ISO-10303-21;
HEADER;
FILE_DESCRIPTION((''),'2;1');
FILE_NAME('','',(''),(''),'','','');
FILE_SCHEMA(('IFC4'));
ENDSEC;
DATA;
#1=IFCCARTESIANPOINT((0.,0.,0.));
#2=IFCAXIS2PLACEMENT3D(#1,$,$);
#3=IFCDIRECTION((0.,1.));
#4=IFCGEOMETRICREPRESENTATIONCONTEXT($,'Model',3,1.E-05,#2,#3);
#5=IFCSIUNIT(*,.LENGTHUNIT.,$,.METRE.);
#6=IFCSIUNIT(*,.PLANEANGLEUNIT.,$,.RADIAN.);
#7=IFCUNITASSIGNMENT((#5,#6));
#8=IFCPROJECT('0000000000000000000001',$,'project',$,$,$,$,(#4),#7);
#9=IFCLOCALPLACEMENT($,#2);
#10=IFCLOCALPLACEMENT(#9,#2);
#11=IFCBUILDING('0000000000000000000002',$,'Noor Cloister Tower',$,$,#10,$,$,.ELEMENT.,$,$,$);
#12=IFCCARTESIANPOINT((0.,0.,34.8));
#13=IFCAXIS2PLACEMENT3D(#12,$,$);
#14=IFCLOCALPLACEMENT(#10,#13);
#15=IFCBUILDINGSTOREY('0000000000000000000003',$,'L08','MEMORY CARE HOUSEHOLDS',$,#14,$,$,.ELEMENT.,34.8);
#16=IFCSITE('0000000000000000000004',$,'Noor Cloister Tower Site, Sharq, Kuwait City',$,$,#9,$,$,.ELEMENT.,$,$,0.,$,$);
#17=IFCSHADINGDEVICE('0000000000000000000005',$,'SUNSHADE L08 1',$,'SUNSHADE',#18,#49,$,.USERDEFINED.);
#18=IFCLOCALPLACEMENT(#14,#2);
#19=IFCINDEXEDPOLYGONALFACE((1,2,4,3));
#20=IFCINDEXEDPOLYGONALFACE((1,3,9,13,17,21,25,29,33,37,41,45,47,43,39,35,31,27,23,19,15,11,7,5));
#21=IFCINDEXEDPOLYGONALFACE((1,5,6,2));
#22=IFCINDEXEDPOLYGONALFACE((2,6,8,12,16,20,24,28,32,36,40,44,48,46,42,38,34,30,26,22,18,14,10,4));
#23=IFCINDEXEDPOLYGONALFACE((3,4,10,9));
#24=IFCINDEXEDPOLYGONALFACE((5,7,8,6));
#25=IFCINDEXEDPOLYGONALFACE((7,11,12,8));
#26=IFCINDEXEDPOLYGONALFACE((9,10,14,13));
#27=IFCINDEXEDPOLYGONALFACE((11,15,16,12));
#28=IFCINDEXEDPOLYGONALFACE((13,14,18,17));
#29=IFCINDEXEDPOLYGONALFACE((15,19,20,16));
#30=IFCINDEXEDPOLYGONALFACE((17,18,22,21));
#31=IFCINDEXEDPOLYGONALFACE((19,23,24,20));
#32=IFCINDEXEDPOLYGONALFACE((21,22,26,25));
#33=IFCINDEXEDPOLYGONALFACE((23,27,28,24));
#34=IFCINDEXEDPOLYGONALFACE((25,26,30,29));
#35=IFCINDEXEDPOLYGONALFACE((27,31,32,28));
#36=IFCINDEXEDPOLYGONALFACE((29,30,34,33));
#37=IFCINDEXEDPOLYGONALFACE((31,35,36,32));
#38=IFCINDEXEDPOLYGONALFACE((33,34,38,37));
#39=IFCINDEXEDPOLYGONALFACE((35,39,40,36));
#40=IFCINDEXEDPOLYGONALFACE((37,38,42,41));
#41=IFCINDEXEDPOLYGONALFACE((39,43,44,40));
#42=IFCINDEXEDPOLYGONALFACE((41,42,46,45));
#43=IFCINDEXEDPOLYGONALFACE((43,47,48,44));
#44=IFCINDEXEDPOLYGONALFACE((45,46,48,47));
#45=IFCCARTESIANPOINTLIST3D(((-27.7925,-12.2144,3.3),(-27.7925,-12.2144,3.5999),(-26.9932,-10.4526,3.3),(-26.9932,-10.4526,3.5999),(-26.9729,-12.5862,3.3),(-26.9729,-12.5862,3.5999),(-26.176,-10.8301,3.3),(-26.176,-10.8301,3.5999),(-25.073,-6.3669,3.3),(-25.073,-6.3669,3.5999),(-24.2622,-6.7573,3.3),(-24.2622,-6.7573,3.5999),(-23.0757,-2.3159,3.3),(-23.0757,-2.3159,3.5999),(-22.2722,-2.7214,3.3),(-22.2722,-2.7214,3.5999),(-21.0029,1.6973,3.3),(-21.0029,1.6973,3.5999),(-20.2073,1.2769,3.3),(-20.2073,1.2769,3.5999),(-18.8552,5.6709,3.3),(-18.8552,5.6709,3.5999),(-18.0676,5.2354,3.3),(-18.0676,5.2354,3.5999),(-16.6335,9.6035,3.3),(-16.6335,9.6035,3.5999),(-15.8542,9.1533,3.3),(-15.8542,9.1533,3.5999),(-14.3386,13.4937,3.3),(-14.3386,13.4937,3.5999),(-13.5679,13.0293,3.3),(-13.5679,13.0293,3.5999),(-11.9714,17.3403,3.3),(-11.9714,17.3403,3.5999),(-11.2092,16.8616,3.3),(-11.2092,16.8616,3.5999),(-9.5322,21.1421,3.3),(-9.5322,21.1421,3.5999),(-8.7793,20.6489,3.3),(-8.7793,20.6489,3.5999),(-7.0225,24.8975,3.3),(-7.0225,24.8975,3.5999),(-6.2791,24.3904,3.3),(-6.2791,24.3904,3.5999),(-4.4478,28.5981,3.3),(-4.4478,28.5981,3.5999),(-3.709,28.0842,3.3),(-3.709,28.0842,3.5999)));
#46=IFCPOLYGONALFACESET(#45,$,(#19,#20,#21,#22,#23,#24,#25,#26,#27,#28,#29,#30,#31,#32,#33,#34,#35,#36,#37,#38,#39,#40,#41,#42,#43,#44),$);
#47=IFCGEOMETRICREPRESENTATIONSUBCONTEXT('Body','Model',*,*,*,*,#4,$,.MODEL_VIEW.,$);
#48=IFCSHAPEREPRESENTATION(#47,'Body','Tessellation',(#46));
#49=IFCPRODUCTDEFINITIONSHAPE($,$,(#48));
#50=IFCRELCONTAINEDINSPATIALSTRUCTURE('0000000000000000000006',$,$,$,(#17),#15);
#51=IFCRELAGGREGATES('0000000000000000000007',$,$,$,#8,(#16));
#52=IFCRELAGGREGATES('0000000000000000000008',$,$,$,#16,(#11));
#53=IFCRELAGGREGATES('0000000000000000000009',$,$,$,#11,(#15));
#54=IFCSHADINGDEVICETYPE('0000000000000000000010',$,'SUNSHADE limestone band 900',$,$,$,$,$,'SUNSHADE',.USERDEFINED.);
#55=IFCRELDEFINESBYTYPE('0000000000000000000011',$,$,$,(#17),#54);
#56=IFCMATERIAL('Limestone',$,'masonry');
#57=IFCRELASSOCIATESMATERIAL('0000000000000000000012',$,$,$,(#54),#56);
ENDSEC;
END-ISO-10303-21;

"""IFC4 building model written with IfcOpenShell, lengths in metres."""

from ifc_helpers import new_model, si_unit, direction, frame, origin, place, context, subcontext, project, spatial, polyline, outline, extrude, material, type_object, element, save


model = new_model("IFC4")

# Units and contexts
model_context = context("Model", 3, precision=1e-05, world=origin(), true_north=direction((0.0, 1.0)))
body_context = subcontext(model_context, "Body", "Model", "MODEL_VIEW")
ifc_project = project(units=[si_unit("LENGTHUNIT", "METRE"), si_unit("PLANEANGLEUNIT", "RADIAN")], contexts=[model_context])

# Site, building, storey
site_placement = place(None, origin())
site = spatial("IfcSite", under=ifc_project, at=site_placement, Name="Noor Cloister Tower Site, Sharq, Kuwait City", CompositionType="ELEMENT", RefElevation=0.0)
building_placement = place(site_placement, origin())
building = spatial("IfcBuilding", under=site, at=building_placement, Name="Noor Cloister Tower", CompositionType="ELEMENT")
storey_placement = place(building_placement, frame((0.0, 0.0, 34.8)))
storey = spatial("IfcBuildingStorey", under=building, at=storey_placement, Name="L08", Description="MEMORY CARE HOUSEHOLDS", CompositionType="ELEMENT", Elevation=34.8)

# Shading device
ifc_material_1 = material(Name="Limestone", Category="masonry")
shading_device_type = type_object("IfcShadingDeviceType", Name="SUNSHADE limestone band 900", ElementType="SUNSHADE", PredefinedType="USERDEFINED", material=ifc_material_1)
shading_device_placement = place(storey_placement, frame((0.0, 0.0, 3.3)))
element("IfcShadingDevice", 1, at=shading_device_placement, inside=storey, type_object=shading_device_type, Name="SUNSHADE L08 1", ObjectType="SUNSHADE", PredefinedType="USERDEFINED", context=body_context, shape_type="SweptSolid", body=[
    extrude(outline(polyline([(-4.4478, 28.5981), (-7.0225, 24.8975), (-9.5322, 21.1421), (-11.9714, 17.3403), (-14.3386, 13.4937), (-16.6335, 9.6035), (-18.8552, 5.6709), (-21.0029, 1.6973), (-23.0757, -2.3159), (-25.073, -6.3669), (-26.9932, -10.4526), (-27.7925, -12.2144), (-26.9729, -12.5862), (-26.176, -10.8301), (-24.2622, -6.7573), (-22.2722, -2.7214), (-20.2073, 1.2769), (-18.0676, 5.2354), (-15.8542, 9.1533), (-13.5679, 13.0293), (-11.2092, 16.8616), (-8.7793, 20.6489), (-6.2791, 24.3904), (-3.709, 28.0842), (-4.4478, 28.5981)])), origin(), (0.0, 0.0, 1.0), 0.2998),
])

save(model, "model.ifc")
